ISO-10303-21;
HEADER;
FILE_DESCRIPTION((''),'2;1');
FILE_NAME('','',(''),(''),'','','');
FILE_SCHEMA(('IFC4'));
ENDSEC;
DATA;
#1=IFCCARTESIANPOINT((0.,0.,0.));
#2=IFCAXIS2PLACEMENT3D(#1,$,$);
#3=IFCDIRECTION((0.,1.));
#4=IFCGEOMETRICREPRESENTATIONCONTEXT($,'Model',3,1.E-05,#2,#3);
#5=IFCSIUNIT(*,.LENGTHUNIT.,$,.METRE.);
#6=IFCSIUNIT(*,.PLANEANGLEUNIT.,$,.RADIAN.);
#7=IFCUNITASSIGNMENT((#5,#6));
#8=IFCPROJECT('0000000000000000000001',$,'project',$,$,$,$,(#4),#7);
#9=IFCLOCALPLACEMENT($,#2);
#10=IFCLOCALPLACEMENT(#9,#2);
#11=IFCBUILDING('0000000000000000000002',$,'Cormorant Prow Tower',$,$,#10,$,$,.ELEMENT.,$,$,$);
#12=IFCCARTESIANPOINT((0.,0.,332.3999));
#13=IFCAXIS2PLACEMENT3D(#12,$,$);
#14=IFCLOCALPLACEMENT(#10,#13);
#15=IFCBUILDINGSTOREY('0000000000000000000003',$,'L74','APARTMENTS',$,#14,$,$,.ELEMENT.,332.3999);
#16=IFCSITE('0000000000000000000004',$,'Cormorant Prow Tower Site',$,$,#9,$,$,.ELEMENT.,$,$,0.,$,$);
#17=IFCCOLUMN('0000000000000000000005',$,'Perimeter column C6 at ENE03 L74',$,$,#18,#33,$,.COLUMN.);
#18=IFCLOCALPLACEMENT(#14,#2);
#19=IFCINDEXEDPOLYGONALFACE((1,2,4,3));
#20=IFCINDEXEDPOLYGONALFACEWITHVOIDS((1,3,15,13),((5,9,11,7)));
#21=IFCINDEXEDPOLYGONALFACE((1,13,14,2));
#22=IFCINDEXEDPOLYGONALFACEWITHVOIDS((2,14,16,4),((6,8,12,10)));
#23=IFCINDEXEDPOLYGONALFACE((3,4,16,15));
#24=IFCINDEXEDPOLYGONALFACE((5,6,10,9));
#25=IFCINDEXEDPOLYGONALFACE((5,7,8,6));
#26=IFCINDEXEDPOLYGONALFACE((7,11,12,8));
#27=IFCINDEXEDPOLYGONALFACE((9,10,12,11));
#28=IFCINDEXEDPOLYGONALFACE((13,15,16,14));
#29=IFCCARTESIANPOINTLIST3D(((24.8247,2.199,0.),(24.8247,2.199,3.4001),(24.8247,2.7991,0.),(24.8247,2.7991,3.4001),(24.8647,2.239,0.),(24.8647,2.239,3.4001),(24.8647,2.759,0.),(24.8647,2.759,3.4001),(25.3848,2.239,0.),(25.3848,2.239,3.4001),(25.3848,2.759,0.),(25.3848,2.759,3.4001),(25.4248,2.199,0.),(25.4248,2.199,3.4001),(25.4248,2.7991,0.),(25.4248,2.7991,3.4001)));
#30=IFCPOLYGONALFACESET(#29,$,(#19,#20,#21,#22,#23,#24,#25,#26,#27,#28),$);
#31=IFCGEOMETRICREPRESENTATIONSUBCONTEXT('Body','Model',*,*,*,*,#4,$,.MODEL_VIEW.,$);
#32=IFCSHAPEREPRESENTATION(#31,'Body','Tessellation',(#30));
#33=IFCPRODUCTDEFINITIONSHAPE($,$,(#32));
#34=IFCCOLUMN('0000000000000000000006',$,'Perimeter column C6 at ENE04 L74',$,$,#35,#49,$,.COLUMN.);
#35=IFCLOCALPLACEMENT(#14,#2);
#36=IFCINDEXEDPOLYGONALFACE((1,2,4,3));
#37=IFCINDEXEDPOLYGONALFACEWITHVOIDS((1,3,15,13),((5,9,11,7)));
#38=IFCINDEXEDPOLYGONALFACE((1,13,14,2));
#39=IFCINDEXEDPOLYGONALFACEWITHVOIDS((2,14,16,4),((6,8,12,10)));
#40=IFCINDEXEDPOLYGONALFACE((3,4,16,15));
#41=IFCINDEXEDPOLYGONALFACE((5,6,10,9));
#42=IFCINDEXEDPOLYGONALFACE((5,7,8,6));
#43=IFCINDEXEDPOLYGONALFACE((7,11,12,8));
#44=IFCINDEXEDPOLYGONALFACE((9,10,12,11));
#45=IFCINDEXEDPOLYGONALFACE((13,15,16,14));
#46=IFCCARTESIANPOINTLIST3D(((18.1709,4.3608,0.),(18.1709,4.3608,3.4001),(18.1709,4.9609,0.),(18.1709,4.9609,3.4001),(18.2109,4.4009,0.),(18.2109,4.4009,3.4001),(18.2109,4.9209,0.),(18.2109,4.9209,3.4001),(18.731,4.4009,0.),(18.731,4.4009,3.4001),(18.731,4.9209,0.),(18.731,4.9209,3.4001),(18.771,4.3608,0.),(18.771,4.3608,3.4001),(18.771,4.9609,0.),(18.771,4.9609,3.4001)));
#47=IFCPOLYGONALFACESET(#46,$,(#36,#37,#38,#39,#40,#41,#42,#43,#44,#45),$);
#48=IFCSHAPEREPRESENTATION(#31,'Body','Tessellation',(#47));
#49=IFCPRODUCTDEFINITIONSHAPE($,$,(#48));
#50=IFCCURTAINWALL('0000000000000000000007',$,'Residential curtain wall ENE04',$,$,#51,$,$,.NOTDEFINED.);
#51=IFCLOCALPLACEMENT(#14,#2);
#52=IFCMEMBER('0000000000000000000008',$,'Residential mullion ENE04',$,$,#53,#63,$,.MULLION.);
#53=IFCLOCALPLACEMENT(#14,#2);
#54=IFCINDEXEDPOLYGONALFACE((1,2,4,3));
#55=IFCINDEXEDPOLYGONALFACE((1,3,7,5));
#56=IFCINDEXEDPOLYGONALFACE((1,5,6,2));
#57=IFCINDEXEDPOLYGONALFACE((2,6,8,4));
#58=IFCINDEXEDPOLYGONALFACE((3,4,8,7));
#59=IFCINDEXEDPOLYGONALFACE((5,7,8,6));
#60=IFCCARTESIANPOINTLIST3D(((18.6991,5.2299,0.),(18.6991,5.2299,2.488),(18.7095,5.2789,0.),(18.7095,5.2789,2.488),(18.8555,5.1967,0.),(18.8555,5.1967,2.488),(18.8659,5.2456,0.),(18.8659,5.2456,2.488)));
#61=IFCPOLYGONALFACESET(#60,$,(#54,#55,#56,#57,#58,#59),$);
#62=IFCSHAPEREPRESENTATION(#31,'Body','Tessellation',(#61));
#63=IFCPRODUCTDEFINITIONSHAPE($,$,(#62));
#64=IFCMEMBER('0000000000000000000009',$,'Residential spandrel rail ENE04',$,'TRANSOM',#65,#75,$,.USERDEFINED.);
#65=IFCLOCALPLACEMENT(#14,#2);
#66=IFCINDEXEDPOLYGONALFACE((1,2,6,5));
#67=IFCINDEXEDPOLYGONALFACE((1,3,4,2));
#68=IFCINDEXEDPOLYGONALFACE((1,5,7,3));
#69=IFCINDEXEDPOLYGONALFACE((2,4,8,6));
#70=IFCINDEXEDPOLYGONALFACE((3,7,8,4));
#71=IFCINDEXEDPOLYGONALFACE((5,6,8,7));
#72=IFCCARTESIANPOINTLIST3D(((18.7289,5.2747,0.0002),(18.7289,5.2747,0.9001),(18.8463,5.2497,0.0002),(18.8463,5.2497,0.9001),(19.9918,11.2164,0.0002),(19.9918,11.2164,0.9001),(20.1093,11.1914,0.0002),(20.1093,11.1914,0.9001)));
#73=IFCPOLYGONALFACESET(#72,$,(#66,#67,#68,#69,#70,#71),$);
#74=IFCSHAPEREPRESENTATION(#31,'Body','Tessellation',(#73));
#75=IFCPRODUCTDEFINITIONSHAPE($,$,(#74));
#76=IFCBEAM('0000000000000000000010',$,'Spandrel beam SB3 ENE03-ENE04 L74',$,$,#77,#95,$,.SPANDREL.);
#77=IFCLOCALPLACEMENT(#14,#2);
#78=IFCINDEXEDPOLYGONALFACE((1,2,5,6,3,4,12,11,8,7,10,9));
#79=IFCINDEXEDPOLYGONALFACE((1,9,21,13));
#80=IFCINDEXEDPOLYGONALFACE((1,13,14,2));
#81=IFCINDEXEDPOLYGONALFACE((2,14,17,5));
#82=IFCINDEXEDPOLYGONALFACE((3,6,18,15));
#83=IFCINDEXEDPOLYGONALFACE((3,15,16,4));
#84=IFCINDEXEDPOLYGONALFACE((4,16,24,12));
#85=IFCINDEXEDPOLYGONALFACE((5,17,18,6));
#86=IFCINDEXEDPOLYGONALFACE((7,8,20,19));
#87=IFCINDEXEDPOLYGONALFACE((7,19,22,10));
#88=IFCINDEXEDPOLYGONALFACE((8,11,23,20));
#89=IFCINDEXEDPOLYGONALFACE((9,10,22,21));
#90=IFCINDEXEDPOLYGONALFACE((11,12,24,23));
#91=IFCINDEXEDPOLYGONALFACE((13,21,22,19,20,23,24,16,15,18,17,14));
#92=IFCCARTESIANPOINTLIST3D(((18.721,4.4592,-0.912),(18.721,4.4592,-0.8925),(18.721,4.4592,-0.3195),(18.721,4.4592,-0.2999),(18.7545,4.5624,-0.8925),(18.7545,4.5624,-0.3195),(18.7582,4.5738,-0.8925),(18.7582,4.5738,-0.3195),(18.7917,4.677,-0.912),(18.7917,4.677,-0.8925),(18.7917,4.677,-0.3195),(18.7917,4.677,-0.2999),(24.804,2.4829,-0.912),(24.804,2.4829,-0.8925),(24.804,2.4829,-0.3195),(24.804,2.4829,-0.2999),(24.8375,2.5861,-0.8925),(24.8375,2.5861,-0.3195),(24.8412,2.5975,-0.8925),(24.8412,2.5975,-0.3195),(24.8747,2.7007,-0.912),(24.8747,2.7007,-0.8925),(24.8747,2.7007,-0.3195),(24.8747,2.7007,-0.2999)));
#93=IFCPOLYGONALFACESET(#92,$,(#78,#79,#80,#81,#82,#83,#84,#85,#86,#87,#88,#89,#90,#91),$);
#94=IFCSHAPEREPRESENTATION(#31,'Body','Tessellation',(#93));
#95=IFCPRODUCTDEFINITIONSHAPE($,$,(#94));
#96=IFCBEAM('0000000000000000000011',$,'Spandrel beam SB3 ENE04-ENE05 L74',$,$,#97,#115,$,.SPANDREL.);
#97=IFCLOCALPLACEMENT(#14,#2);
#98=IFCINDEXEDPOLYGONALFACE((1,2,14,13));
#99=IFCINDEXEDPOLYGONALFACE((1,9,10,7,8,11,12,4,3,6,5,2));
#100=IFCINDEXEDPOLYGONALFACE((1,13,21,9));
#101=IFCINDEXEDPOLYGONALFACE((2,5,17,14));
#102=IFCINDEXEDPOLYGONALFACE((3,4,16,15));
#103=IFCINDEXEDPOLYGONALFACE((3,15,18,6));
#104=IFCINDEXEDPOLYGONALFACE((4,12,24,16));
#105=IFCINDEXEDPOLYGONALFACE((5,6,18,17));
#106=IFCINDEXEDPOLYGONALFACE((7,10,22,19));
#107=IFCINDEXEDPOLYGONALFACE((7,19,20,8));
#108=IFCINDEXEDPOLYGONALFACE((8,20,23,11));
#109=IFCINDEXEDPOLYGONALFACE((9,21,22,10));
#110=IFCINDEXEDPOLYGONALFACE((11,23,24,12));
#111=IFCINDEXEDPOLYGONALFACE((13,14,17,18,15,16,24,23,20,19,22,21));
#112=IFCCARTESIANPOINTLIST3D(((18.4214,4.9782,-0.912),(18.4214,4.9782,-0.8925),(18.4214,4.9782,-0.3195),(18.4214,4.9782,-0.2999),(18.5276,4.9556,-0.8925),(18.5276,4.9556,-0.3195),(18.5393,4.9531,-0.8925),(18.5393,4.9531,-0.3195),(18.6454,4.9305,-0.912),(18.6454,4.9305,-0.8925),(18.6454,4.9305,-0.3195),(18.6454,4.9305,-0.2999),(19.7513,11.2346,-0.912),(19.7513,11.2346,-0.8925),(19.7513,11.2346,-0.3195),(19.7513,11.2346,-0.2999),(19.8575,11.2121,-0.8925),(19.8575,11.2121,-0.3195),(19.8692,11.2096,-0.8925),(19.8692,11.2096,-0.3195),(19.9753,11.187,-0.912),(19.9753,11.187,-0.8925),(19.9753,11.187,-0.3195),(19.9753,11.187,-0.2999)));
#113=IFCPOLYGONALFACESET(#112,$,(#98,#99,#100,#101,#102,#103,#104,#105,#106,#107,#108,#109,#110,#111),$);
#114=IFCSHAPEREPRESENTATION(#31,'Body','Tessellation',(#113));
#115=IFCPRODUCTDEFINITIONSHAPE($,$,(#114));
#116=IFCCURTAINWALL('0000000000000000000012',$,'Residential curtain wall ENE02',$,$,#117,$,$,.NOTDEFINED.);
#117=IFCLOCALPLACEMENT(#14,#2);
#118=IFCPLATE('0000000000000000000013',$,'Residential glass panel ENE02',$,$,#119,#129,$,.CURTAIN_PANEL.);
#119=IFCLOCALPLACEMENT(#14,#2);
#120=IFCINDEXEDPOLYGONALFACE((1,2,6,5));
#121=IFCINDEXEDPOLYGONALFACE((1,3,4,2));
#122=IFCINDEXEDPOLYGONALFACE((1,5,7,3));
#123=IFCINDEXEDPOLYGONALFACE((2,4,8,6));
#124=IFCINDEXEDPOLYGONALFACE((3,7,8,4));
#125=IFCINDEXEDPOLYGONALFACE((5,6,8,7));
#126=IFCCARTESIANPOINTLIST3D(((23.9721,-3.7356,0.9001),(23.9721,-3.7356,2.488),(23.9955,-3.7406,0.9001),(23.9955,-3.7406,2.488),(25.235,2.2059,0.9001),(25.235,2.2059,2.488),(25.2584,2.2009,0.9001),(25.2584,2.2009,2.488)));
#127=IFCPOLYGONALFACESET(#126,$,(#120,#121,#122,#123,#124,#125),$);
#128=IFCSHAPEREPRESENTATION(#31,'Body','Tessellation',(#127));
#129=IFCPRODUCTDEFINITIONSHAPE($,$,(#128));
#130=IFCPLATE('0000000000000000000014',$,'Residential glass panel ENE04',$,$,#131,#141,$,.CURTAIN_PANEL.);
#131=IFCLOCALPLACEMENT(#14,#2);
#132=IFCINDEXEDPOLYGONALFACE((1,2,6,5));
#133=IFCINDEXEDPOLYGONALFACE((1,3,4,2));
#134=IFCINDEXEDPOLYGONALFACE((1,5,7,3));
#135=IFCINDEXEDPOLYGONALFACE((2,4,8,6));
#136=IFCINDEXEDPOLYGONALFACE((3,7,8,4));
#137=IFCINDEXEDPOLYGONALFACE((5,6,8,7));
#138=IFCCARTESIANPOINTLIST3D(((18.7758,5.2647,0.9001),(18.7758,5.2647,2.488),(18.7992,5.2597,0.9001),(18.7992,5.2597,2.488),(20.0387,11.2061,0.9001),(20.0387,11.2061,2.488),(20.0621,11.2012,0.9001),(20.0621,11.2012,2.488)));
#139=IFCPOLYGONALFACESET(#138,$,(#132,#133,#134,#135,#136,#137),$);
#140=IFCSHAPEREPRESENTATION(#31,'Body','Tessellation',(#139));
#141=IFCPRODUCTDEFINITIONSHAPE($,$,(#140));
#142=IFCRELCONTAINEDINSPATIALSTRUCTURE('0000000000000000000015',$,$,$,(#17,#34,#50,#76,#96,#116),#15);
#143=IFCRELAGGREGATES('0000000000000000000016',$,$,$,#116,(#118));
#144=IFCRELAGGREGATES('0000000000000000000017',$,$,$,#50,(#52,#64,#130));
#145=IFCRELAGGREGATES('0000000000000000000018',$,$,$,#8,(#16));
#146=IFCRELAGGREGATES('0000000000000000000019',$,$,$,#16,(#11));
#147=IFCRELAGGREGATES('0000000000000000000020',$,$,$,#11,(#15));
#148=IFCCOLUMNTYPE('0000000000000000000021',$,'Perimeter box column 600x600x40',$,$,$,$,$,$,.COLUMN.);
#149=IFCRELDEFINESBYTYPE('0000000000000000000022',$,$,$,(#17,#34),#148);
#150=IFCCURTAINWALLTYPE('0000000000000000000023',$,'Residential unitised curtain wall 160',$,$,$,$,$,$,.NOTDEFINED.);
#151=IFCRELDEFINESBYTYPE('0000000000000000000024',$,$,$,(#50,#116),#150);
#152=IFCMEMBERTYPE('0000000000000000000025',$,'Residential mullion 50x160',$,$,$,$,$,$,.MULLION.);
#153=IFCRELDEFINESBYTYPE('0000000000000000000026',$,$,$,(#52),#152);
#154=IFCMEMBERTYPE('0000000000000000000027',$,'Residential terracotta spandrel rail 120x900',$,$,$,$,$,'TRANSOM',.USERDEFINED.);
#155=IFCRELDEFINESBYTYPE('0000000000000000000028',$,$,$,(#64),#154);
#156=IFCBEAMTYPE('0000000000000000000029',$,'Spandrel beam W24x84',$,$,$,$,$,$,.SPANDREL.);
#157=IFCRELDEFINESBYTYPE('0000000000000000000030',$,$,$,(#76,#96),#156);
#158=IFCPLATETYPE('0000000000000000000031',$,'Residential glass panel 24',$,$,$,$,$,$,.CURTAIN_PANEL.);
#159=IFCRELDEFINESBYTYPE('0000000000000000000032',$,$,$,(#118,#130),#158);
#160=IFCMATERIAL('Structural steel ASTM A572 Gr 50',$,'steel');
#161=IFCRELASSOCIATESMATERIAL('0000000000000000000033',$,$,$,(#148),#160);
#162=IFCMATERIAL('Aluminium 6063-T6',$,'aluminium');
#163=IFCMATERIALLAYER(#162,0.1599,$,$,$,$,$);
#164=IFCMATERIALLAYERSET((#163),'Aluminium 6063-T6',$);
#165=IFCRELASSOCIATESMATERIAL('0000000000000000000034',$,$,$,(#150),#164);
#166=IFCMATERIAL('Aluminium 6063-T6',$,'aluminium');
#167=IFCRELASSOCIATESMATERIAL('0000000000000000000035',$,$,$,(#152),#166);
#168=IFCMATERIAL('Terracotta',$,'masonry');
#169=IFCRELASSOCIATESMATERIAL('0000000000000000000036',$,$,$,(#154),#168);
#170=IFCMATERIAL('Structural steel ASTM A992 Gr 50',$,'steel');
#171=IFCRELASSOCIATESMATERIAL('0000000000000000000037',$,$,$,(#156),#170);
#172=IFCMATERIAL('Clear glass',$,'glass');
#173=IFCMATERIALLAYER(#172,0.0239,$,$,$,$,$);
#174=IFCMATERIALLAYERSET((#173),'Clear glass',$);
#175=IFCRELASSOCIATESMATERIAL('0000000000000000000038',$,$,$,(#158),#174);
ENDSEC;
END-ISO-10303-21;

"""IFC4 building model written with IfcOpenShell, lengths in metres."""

from ifc_helpers import new_model, si_unit, direction, frame, origin, origin_2d, place, context, subcontext, project, spatial, rectangle, hollow_rectangle, i_section, extrude, material, layer, layer_set, material_profile, profile_set, type_object, element, aggregate, save


model = new_model("IFC4")

# Units and contexts
model_context = context("Model", 3, precision=1e-05, world=origin(), true_north=direction((0.0, 1.0)))
body_context = subcontext(model_context, "Body", "Model", "MODEL_VIEW")
ifc_project = project(units=[si_unit("LENGTHUNIT", "METRE"), si_unit("PLANEANGLEUNIT", "RADIAN")], contexts=[model_context])

# Site, building, storey
site_placement = place(None, origin())
site = spatial("IfcSite", under=ifc_project, at=site_placement, Name="Cormorant Prow Tower Site", CompositionType="ELEMENT", RefElevation=0.0)
building_placement = place(site_placement, origin())
building = spatial("IfcBuilding", under=site, at=building_placement, Name="Cormorant Prow Tower", CompositionType="ELEMENT")
storey_placement = place(building_placement, frame((0.0, 0.0, 332.3999)))
storey = spatial("IfcBuildingStorey", under=building, at=storey_placement, Name="L74", Description="APARTMENTS", CompositionType="ELEMENT", Elevation=332.3999)

# Columns
ifc_material_1 = material(Name="Structural steel ASTM A572 Gr 50", Category="steel")
ifc_material_profile_1 = material_profile(ifc_material_1, hollow_rectangle(XDim=0.6001, YDim=0.6001, WallThickness=0.04, at=origin_2d()), Name="Box 600x600x40")
ifc_profile_set_1 = profile_set([ifc_material_profile_1], Name="Structural steel ASTM A572 Gr 50")
column_type = type_object("IfcColumnType", Name="Perimeter box column 600x600x40", PredefinedType="COLUMN", material=ifc_profile_set_1)
for number, where, z_axis, x_axis, name in (
    (1, (25.1248, 2.499, 0.0), (0.0, 0.0, 1.0), (1.0, 0.0, 0.0), "Perimeter column C6 at ENE03 L74"),
    (2, (18.4709, 4.6609, 0.0), (0.0, 0.0, 1.0), (1.0, 0.0, 0.0), "Perimeter column C6 at ENE04 L74"),
):
    element("IfcColumn", number, at=place(storey_placement, frame(where, z_axis=z_axis, x_axis=x_axis)), inside=storey, type_object=column_type, Name=name, PredefinedType="COLUMN", context=body_context, shape_type="SweptSolid", body=[
        extrude(hollow_rectangle(XDim=0.6001, YDim=0.6001, WallThickness=0.04, at=origin_2d()), origin(), (0.0, 0.0, 1.0), 3.4001),
    ])

# Curtain wall, members
ifc_material_2 = material(Name="Aluminium 6063-T6", Category="aluminium")
ifc_layer_1 = layer(ifc_material_2, 0.1599)
ifc_layer_set_1 = layer_set([ifc_layer_1], Name="Aluminium 6063-T6")
curtain_wall_type = type_object("IfcCurtainWallType", Name="Residential unitised curtain wall 160", PredefinedType="NOTDEFINED", material=ifc_layer_set_1)
curtain_wall_1_placement = place(storey_placement, origin())
curtain_wall_1 = element("IfcCurtainWall", 3, at=curtain_wall_1_placement, inside=storey, type_object=curtain_wall_type, Name="Residential curtain wall ENE04", PredefinedType="NOTDEFINED")
ifc_material_3 = material(Name="Aluminium 6063-T6", Category="aluminium")
ifc_material_profile_2 = material_profile(ifc_material_3, rectangle(XDim=0.1599, YDim=0.05, at=origin_2d()), Name="Residential mullion 50x160")
ifc_profile_set_2 = profile_set([ifc_material_profile_2], Name="Aluminium 6063-T6")
member_type_1 = type_object("IfcMemberType", Name="Residential mullion 50x160", PredefinedType="MULLION", material=ifc_profile_set_2)
member_1_placement = place(storey_placement, frame((18.7825, 5.2378, 0.0), z_axis=(0.0, 0.0, 1.0), x_axis=(-0.978148, 0.207912, 0.0)))
member_1 = element("IfcMember", 4, at=member_1_placement, type_object=member_type_1, Name="Residential mullion ENE04", PredefinedType="MULLION", context=body_context, shape_type="SweptSolid", body=[
    extrude(rectangle(XDim=0.1599, YDim=0.05, at=origin_2d()), origin(), (0.0, 0.0, 1.0), 2.488),
])
ifc_material_4 = material(Name="Terracotta", Category="masonry")
ifc_material_profile_3 = material_profile(ifc_material_4, rectangle(XDim=0.1201, YDim=0.8999, at=origin_2d()), Name="Residential terracotta spandrel rail 120x900")
ifc_profile_set_3 = profile_set([ifc_material_profile_3], Name="Terracotta")
member_type_2 = type_object("IfcMemberType", Name="Residential terracotta spandrel rail 120x900", ElementType="TRANSOM", PredefinedType="USERDEFINED", material=ifc_profile_set_3)
member_2_placement = place(storey_placement, frame((18.7876, 5.2622, 0.4502), z_axis=(0.207912, 0.978148, 0.0), x_axis=(-0.978148, 0.207912, 0.0)))
member_2 = element("IfcMember", 5, at=member_2_placement, type_object=member_type_2, Name="Residential spandrel rail ENE04", ObjectType="TRANSOM", PredefinedType="USERDEFINED", context=body_context, shape_type="SweptSolid", body=[
    extrude(rectangle(XDim=0.1201, YDim=0.8999, at=origin_2d()), origin(), (0.0, 0.0, 1.0), 6.0745),
])

# Beams
ifc_material_5 = material(Name="Structural steel ASTM A992 Gr 50", Category="steel")
ifc_material_profile_4 = material_profile(ifc_material_5, i_section(OverallWidth=0.229, OverallDepth=0.6121, WebThickness=0.012, FlangeThickness=0.0195, at=origin_2d()), Name="W24x84")
ifc_profile_set_4 = profile_set([ifc_material_profile_4], Name="Structural steel ASTM A992 Gr 50")
beam_type = type_object("IfcBeamType", Name="Spandrel beam W24x84", PredefinedType="SPANDREL", material=ifc_profile_set_4)
beam_1_placement = place(storey_placement, frame((24.8394, 2.5918, -0.606), z_axis=(-0.951064, 0.308993, 0.0), x_axis=(-0.308993, -0.951064, 0.0)))
element("IfcBeam", 6, at=beam_1_placement, inside=storey, type_object=beam_type, Name="Spandrel beam SB3 ENE03-ENE04 L74", PredefinedType="SPANDREL", context=body_context, shape_type="SweptSolid", body=[
    extrude(i_section(OverallWidth=0.229, OverallDepth=0.6121, WebThickness=0.012, FlangeThickness=0.0195, at=origin_2d()), origin(), (0.0, 0.0, 1.0), 6.396),
])
beam_2_placement = place(storey_placement, frame((18.5334, 4.9543, -0.606), z_axis=(0.207913, 0.978147, 0.0), x_axis=(-0.978147, 0.207913, 0.0)))
element("IfcBeam", 7, at=beam_2_placement, inside=storey, type_object=beam_type, Name="Spandrel beam SB3 ENE04-ENE05 L74", PredefinedType="SPANDREL", context=body_context, shape_type="SweptSolid", body=[
    extrude(i_section(OverallWidth=0.229, OverallDepth=0.6121, WebThickness=0.012, FlangeThickness=0.0195, at=origin_2d()), origin(), (0.0, 0.0, 1.0), 6.3962),
])

# Curtain wall, plate
curtain_wall_2_placement = place(storey_placement, origin())
curtain_wall_2 = element("IfcCurtainWall", 8, at=curtain_wall_2_placement, inside=storey, type_object=curtain_wall_type, Name="Residential curtain wall ENE02", PredefinedType="NOTDEFINED")
ifc_material_6 = material(Name="Clear glass", Category="glass")
ifc_layer_2 = layer(ifc_material_6, 0.0239)
ifc_layer_set_2 = layer_set([ifc_layer_2], Name="Clear glass")
plate_type = type_object("IfcPlateType", Name="Residential glass panel 24", PredefinedType="CURTAIN_PANEL", material=ifc_layer_set_2)
plate_1_placement = place(storey_placement, frame((24.6152, -0.7673, 0.9001), z_axis=(0.0, 0.0, 1.0), x_axis=(0.207912, 0.978148, 0.0)))
plate_1 = element("IfcPlate", 9, at=plate_1_placement, type_object=plate_type, Name="Residential glass panel ENE02", PredefinedType="CURTAIN_PANEL", context=body_context, shape_type="SweptSolid", body=[
    extrude(rectangle(XDim=6.0742, YDim=0.0239, at=origin_2d()), origin(), (0.0, 0.0, 1.0), 1.5879),
])
aggregate(curtain_wall_2, [plate_1])

# Plate
plate_2_placement = place(storey_placement, frame((19.4189, 8.2329, 0.9001), z_axis=(0.0, 0.0, 1.0), x_axis=(0.207912, 0.978148, 0.0)))
plate_2 = element("IfcPlate", 10, at=plate_2_placement, type_object=plate_type, Name="Residential glass panel ENE04", PredefinedType="CURTAIN_PANEL", context=body_context, shape_type="SweptSolid", body=[
    extrude(rectangle(XDim=6.0742, YDim=0.0239, at=origin_2d()), origin(), (0.0, 0.0, 1.0), 1.5879),
])
aggregate(curtain_wall_1, [member_1, member_2, plate_2])

save(model, "model.ifc")
